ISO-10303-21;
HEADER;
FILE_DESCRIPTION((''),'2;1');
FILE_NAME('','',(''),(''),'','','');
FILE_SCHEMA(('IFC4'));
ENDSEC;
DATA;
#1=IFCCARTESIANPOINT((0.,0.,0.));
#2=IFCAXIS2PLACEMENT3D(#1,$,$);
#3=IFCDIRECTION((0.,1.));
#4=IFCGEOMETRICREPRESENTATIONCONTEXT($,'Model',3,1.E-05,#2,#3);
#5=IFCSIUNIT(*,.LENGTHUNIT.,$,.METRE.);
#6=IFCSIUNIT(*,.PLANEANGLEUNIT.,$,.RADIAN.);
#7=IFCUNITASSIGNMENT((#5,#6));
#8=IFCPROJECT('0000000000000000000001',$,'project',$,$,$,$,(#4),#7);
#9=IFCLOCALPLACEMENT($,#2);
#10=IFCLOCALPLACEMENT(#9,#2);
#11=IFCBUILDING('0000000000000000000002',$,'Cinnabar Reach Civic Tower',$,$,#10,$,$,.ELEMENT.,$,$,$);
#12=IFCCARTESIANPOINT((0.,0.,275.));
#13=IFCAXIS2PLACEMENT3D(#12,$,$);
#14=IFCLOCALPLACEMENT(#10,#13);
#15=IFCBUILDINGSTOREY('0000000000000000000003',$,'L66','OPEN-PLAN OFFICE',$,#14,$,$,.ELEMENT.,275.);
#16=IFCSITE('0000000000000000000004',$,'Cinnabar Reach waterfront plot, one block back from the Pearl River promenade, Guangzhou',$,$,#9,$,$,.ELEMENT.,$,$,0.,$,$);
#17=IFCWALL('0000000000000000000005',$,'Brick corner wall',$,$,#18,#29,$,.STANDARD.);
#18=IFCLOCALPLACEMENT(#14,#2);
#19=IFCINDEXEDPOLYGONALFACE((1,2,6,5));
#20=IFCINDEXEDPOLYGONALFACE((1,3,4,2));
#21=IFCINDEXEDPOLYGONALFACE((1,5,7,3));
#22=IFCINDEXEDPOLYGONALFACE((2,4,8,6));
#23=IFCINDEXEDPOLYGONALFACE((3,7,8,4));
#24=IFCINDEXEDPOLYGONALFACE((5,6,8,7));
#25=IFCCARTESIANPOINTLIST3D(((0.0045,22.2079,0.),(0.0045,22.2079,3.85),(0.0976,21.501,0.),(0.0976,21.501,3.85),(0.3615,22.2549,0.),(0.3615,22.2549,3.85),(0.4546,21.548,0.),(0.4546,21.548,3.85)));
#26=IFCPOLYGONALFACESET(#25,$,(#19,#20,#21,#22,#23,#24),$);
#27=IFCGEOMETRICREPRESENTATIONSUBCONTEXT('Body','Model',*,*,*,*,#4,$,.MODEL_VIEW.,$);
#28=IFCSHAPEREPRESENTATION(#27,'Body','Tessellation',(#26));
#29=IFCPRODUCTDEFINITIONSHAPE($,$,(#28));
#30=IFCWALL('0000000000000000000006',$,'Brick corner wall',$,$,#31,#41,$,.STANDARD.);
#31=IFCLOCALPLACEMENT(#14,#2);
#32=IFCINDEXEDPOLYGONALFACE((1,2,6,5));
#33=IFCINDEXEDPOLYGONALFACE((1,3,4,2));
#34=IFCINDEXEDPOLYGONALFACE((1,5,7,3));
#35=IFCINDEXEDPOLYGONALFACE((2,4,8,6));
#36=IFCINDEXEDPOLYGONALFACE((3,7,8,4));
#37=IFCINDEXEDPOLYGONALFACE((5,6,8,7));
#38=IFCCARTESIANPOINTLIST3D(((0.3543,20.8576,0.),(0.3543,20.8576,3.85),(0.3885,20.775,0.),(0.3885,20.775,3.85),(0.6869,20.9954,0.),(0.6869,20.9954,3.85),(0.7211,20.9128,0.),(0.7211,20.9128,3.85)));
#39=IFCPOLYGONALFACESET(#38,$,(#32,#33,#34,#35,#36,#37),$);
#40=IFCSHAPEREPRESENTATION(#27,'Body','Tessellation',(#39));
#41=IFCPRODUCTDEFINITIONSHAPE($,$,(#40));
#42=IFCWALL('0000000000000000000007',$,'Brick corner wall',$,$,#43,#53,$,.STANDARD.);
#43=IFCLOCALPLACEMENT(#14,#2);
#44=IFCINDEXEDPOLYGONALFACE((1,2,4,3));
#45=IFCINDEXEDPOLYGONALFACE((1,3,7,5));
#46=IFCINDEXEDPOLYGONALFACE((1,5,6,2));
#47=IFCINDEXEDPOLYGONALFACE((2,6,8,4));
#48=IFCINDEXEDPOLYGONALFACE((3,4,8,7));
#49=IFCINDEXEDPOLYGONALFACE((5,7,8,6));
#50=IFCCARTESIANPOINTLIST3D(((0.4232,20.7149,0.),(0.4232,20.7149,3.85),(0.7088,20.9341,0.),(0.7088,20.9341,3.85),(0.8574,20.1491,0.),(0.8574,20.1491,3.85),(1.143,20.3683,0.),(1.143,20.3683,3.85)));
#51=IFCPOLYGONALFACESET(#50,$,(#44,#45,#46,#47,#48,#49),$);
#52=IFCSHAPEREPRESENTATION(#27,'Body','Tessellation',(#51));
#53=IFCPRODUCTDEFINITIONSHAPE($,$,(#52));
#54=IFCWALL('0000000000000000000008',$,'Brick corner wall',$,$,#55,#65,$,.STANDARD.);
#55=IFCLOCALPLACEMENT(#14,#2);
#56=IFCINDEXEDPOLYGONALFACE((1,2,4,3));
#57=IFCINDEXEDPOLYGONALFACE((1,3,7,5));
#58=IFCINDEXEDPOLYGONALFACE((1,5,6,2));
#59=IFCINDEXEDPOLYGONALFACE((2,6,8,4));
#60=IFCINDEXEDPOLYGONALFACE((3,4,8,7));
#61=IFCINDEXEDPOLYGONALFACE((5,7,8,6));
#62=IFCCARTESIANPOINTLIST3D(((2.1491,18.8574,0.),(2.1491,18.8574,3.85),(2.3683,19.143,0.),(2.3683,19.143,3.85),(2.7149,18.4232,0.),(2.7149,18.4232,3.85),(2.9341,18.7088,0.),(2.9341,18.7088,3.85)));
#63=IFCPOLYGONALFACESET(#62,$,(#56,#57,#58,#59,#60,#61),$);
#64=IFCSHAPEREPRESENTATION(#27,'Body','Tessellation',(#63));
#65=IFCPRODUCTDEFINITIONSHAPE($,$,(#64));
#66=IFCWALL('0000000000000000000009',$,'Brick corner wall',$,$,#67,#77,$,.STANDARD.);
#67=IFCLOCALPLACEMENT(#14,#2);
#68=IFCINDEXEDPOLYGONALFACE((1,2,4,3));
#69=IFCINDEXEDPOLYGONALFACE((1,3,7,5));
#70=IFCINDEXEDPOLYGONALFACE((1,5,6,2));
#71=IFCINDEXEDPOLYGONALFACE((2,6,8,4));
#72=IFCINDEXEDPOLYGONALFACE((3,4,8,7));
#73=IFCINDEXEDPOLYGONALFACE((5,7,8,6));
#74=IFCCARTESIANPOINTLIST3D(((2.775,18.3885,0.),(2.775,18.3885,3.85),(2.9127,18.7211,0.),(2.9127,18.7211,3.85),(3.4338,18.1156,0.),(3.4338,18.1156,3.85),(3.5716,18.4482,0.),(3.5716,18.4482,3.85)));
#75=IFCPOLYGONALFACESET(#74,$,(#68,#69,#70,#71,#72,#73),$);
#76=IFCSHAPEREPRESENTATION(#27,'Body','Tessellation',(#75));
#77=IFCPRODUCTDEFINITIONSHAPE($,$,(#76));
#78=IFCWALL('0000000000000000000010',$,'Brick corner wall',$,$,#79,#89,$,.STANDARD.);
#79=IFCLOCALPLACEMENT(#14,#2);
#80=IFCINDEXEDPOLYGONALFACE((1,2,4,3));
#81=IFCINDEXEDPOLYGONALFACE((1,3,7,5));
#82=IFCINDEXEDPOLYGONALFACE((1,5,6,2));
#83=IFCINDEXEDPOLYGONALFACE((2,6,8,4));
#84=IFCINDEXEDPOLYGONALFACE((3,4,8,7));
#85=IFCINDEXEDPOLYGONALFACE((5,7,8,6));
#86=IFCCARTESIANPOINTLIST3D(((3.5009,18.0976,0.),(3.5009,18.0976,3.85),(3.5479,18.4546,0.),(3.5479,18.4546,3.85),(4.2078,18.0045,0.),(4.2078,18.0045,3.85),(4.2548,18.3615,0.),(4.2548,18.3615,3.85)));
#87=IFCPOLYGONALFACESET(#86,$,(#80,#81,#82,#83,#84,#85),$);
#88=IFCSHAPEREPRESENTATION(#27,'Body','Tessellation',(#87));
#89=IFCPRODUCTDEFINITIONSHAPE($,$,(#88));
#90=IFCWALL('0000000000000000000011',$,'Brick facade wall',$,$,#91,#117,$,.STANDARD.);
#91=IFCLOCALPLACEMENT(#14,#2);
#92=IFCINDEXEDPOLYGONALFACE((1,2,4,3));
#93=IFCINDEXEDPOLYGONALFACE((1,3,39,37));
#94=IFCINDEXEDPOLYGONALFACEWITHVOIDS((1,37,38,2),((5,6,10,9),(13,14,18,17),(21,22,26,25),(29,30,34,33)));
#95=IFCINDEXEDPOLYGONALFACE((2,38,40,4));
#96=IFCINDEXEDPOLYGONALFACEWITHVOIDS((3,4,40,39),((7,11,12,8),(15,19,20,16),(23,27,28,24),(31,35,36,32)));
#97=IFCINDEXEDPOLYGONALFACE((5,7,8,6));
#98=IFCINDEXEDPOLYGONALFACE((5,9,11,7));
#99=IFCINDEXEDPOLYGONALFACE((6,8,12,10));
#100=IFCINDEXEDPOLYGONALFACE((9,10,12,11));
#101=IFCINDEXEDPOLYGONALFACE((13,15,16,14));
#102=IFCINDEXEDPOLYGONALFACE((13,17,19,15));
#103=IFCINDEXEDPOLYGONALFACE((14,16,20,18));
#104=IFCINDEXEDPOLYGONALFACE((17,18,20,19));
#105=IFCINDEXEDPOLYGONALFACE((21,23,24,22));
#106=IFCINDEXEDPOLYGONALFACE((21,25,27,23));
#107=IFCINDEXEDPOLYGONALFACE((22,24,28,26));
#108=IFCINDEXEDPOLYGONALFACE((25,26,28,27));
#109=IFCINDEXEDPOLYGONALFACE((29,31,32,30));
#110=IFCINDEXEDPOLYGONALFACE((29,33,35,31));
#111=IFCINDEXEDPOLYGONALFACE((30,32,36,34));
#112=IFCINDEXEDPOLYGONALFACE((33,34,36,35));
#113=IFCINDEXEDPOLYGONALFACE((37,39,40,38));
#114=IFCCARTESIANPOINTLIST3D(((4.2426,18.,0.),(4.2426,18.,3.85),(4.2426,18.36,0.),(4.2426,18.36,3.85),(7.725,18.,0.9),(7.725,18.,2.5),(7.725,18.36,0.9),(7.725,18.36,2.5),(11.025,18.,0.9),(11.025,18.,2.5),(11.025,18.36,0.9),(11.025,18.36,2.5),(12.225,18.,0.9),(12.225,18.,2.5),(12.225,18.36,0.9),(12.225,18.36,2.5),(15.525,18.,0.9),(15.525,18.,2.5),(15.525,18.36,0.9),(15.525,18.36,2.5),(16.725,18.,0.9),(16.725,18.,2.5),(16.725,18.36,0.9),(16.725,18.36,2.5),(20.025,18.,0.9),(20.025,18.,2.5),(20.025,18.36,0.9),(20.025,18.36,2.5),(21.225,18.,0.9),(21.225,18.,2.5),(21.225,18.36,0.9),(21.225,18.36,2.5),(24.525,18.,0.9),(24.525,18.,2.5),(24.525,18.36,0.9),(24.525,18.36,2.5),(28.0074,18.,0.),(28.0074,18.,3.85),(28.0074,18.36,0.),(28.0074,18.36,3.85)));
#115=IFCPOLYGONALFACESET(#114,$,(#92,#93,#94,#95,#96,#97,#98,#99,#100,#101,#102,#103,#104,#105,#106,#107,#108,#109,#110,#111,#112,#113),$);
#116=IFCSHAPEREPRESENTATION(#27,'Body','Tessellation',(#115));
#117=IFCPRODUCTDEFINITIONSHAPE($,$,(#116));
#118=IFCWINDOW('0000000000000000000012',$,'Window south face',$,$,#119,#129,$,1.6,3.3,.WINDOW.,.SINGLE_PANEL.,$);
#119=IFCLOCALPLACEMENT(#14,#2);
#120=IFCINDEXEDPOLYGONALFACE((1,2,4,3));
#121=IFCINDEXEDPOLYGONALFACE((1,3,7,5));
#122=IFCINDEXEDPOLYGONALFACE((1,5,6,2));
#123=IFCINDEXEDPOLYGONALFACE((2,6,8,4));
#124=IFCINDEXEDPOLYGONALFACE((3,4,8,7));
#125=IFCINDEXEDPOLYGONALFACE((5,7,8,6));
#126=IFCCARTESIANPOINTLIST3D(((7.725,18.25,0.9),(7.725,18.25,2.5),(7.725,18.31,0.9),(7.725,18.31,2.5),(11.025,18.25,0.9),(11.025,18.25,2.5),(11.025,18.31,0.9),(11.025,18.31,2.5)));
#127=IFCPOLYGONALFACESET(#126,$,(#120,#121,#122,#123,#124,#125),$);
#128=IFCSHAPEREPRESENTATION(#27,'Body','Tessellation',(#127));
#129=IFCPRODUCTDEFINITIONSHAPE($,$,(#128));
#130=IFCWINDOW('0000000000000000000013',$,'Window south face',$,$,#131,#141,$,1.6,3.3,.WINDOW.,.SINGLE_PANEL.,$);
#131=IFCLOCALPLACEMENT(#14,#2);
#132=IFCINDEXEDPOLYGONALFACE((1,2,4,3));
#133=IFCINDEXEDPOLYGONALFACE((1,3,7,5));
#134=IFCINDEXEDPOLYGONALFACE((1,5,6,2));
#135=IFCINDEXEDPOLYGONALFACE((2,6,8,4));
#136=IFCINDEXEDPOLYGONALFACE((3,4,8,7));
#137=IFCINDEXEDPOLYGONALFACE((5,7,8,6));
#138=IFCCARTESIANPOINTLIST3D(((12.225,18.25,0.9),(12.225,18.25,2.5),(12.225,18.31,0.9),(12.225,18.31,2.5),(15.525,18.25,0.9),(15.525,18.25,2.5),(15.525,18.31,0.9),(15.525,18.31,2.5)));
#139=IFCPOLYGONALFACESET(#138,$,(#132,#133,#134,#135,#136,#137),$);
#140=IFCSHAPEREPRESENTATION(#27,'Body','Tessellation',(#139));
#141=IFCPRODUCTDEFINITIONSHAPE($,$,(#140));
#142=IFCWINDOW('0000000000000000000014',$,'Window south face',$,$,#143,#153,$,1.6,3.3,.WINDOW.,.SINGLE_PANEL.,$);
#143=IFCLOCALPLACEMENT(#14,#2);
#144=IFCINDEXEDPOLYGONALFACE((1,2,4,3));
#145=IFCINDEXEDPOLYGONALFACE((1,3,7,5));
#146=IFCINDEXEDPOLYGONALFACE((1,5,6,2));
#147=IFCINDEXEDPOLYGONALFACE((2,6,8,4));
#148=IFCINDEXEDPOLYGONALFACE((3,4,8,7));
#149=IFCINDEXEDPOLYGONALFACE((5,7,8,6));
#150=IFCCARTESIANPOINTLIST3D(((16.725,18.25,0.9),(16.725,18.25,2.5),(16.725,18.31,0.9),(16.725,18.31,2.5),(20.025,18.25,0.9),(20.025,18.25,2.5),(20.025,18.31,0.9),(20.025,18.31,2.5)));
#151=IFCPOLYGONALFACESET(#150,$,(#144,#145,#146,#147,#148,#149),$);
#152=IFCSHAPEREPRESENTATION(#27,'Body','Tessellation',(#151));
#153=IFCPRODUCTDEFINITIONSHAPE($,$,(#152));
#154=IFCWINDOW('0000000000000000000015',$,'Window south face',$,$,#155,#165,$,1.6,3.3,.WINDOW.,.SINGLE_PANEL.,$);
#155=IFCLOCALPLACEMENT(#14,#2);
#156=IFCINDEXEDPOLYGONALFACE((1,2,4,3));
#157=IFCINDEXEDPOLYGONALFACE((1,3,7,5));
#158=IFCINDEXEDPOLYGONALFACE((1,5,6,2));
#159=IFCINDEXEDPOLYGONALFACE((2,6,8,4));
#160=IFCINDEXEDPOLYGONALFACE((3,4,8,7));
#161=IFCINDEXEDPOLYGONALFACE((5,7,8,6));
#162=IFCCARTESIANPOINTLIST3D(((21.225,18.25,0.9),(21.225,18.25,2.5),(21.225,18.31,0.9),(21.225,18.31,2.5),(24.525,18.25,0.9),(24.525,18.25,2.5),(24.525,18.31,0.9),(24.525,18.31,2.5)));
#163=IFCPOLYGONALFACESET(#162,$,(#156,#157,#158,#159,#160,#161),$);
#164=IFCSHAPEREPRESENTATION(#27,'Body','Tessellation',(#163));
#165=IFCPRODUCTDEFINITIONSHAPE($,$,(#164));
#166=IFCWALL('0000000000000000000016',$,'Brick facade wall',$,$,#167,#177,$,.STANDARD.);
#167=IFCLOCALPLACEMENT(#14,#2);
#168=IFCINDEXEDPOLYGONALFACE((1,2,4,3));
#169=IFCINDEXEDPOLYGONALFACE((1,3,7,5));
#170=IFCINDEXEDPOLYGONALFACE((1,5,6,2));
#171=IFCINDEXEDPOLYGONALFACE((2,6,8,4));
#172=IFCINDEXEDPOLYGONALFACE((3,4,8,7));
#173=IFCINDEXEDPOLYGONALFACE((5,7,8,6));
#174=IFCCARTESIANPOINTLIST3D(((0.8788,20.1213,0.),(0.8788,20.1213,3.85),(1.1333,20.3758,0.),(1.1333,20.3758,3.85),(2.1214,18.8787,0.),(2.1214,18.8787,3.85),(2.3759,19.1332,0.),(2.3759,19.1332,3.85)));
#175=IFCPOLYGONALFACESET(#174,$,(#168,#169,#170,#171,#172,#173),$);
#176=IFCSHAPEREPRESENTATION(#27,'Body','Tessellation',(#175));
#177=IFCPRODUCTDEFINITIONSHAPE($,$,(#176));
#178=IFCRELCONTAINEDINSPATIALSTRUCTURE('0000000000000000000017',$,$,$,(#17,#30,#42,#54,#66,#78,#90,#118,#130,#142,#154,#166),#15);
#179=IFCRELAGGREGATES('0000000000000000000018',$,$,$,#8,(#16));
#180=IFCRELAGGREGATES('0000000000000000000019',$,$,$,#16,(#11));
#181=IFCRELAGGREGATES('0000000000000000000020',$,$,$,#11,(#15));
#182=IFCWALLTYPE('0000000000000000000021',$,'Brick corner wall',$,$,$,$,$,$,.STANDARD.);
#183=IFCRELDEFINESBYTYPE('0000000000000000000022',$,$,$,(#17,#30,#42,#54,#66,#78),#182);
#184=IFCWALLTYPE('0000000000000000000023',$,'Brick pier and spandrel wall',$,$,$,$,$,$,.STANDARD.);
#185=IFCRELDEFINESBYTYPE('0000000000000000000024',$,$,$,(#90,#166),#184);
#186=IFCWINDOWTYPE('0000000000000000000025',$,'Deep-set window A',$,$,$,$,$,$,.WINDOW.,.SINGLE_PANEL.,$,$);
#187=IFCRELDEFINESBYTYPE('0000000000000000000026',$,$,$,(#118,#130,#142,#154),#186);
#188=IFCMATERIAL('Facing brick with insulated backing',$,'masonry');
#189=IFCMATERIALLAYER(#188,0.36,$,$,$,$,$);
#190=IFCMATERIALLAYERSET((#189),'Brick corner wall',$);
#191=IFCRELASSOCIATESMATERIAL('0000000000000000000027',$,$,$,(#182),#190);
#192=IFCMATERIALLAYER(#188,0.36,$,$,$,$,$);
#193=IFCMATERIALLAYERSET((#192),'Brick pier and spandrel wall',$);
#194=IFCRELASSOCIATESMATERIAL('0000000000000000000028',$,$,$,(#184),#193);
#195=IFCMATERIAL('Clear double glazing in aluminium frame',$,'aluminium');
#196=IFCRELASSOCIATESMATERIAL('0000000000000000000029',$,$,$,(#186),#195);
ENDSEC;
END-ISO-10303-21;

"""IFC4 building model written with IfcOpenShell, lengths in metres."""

from ifc_helpers import new_model, si_unit, direction, frame, frame_2d, origin, place, context, subcontext, project, spatial, rectangle, extrude, material, layer, layer_set, type_object, element, fill, save


model = new_model("IFC4")

# Units and contexts
model_context = context("Model", 3, precision=1e-05, world=origin(), true_north=direction((0.0, 1.0)))
body_context = subcontext(model_context, "Body", "Model", "MODEL_VIEW")
ifc_project = project(units=[si_unit("LENGTHUNIT", "METRE"), si_unit("PLANEANGLEUNIT", "RADIAN")], contexts=[model_context])

# Site, building, storey
site_placement = place(None, origin())
site = spatial("IfcSite", under=ifc_project, at=site_placement, Name="Cinnabar Reach waterfront plot, one block back from the Pearl River promenade, Guangzhou", CompositionType="ELEMENT", RefElevation=0.0)
building_placement = place(site_placement, origin())
building = spatial("IfcBuilding", under=site, at=building_placement, Name="Cinnabar Reach Civic Tower", CompositionType="ELEMENT")
storey_placement = place(building_placement, frame((0.0, 0.0, 275.0)))
storey = spatial("IfcBuildingStorey", under=building, at=storey_placement, Name="L66", Description="OPEN-PLAN OFFICE", CompositionType="ELEMENT", Elevation=275.0)

# Walls
ifc_material_1 = material(Name="Facing brick with insulated backing", Category="masonry")
ifc_layer_1 = layer(ifc_material_1, 0.36)
ifc_layer_set_1 = layer_set([ifc_layer_1], Name="Brick corner wall")
wall_type_1 = type_object("IfcWallType", Name="Brick corner wall", PredefinedType="STANDARD", material=ifc_layer_set_1)
wall_1_placement = place(storey_placement, frame((0.183, 22.2314, 0.0), z_axis=(0.0, 0.0, 1.0), x_axis=(0.130556, -0.991441, 0.0)))
element("IfcWall", 1, at=wall_1_placement, inside=storey, type_object=wall_type_1, Name="Brick corner wall", PredefinedType="STANDARD", context=body_context, shape_type="SweptSolid", body=[
    extrude(rectangle(XDim=0.7131, YDim=0.36, at=frame_2d((0.3565, 0.0))), origin(), (0.0, 0.0, 1.0), 3.85),
])
wall_2_placement = place(storey_placement, frame((0.5206, 20.9265, 0.0), z_axis=(0.0, 0.0, 1.0), x_axis=(0.382549, -0.923935, 0.0)))
element("IfcWall", 2, at=wall_2_placement, inside=storey, type_object=wall_type_1, Name="Brick corner wall", PredefinedType="STANDARD", context=body_context, shape_type="SweptSolid", body=[
    extrude(rectangle(XDim=0.0894, YDim=0.36, at=frame_2d((0.0447, 0.0))), origin(), (0.0, 0.0, 1.0), 3.85),
])
for number, where, z_axis, x_axis, name in (
    (3, (0.566, 20.8245, 0.0), (0.0, 0.0, 1.0), (0.608802, -0.793322, 0.0), "Brick corner wall"),
    (4, (2.2587, 19.0002, 0.0), (0.0, 0.0, 1.0), (0.793322, -0.608802, 0.0), "Brick corner wall"),
):
    element("IfcWall", number, at=place(storey_placement, frame(where, z_axis=z_axis, x_axis=x_axis)), inside=storey, type_object=wall_type_1, Name=name, PredefinedType="STANDARD", context=body_context, shape_type="SweptSolid", body=[
        extrude(rectangle(XDim=0.7132, YDim=0.36, at=frame_2d((0.3566, 0.0))), origin(), (0.0, 0.0, 1.0), 3.85),
    ])
for number, where, z_axis, x_axis, name in (
    (5, (2.8439, 18.5548, 0.0), (0.0, 0.0, 1.0), (0.923872, -0.382703, 0.0), "Brick corner wall"),
    (6, (3.5244, 18.2761, 0.0), (0.0, 0.0, 1.0), (0.991441, -0.130556, 0.0), "Brick corner wall"),
):
    element("IfcWall", number, at=place(storey_placement, frame(where, z_axis=z_axis, x_axis=x_axis)), inside=storey, type_object=wall_type_1, Name=name, PredefinedType="STANDARD", context=body_context, shape_type="SweptSolid", body=[
        extrude(rectangle(XDim=0.7131, YDim=0.36, at=frame_2d((0.3565, 0.0))), origin(), (0.0, 0.0, 1.0), 3.85),
    ])

# Wall, openings, windows
ifc_layer_2 = layer(ifc_material_1, 0.36)
ifc_layer_set_2 = layer_set([ifc_layer_2], Name="Brick pier and spandrel wall")
wall_type_2 = type_object("IfcWallType", Name="Brick pier and spandrel wall", PredefinedType="STANDARD", material=ifc_layer_set_2)
wall_3_placement = place(storey_placement, frame((4.2426, 18.18, 0.0), z_axis=(0.0, 0.0, 1.0), x_axis=(1.0, 0.0, 0.0)))
wall_3 = element("IfcWall", 7, at=wall_3_placement, inside=storey, type_object=wall_type_2, Name="Brick facade wall", PredefinedType="STANDARD", context=body_context, shape_type="SweptSolid", body=[
    extrude(rectangle(XDim=23.7648, YDim=0.36, at=frame_2d((11.8824, 0.0))), origin(), (0.0, 0.0, 1.0), 3.85),
])
opening_1_placement = place(wall_3_placement, frame((3.4824, 0.0, 0.9)))
opening_1 = element("IfcOpeningElement", 8, at=opening_1_placement, cuts=wall_3, PredefinedType="OPENING", context=body_context, shape_type="SweptSolid", body=[
    extrude(rectangle(XDim=3.3, YDim=1.6, at=frame_2d((1.65, 0.8))), frame((0.0, 0.19, 0.0), z_axis=(0.0, -1.0, 0.0), x_axis=(1.0, 0.0, 0.0)), (0.0, 0.0, 1.0), 0.38),
])
opening_2_placement = place(wall_3_placement, frame((7.9824, 0.0, 0.9)))
opening_2 = element("IfcOpeningElement", 9, at=opening_2_placement, cuts=wall_3, PredefinedType="OPENING", context=body_context, shape_type="SweptSolid", body=[
    extrude(rectangle(XDim=3.3, YDim=1.6, at=frame_2d((1.65, 0.8))), frame((0.0, 0.19, 0.0), z_axis=(0.0, -1.0, 0.0), x_axis=(1.0, 0.0, 0.0)), (0.0, 0.0, 1.0), 0.38),
])
opening_3_placement = place(wall_3_placement, frame((12.4824, 0.0, 0.9)))
opening_3 = element("IfcOpeningElement", 10, at=opening_3_placement, cuts=wall_3, PredefinedType="OPENING", context=body_context, shape_type="SweptSolid", body=[
    extrude(rectangle(XDim=3.3, YDim=1.6, at=frame_2d((1.65, 0.8))), frame((0.0, 0.19, 0.0), z_axis=(0.0, -1.0, 0.0), x_axis=(1.0, 0.0, 0.0)), (0.0, 0.0, 1.0), 0.38),
])
opening_4_placement = place(wall_3_placement, frame((16.9824, 0.0, 0.9)))
opening_4 = element("IfcOpeningElement", 11, at=opening_4_placement, cuts=wall_3, PredefinedType="OPENING", context=body_context, shape_type="SweptSolid", body=[
    extrude(rectangle(XDim=3.3, YDim=1.6, at=frame_2d((1.65, 0.8))), frame((0.0, 0.19, 0.0), z_axis=(0.0, -1.0, 0.0), x_axis=(1.0, 0.0, 0.0)), (0.0, 0.0, 1.0), 0.38),
])
ifc_material_2 = material(Name="Clear double glazing in aluminium frame", Category="aluminium")
window_type = type_object("IfcWindowType", Name="Deep-set window A", PartitioningType="SINGLE_PANEL", PredefinedType="WINDOW", material=ifc_material_2)
window_1_placement = place(opening_1_placement, origin())
window_1 = element("IfcWindow", 12, at=window_1_placement, inside=storey, type_object=window_type, Name="Window south face", OverallHeight=1.6, OverallWidth=3.3, PartitioningType="SINGLE_PANEL", PredefinedType="WINDOW", context=body_context, shape_type="SweptSolid", body=[
    extrude(rectangle(XDim=3.3, YDim=1.6, at=frame_2d((1.65, 0.8))), frame((0.0, 0.13, 0.0), z_axis=(0.0, -1.0, 0.0), x_axis=(1.0, 0.0, 0.0)), (0.0, 0.0, 1.0), 0.06),
])
fill(opening_1, window_1)
window_2_placement = place(opening_2_placement, origin())
window_2 = element("IfcWindow", 13, at=window_2_placement, inside=storey, type_object=window_type, Name="Window south face", OverallHeight=1.6, OverallWidth=3.3, PartitioningType="SINGLE_PANEL", PredefinedType="WINDOW", context=body_context, shape_type="SweptSolid", body=[
    extrude(rectangle(XDim=3.3, YDim=1.6, at=frame_2d((1.65, 0.8))), frame((0.0, 0.13, 0.0), z_axis=(0.0, -1.0, 0.0), x_axis=(1.0, 0.0, 0.0)), (0.0, 0.0, 1.0), 0.06),
])
fill(opening_2, window_2)
window_3_placement = place(opening_3_placement, origin())
window_3 = element("IfcWindow", 14, at=window_3_placement, inside=storey, type_object=window_type, Name="Window south face", OverallHeight=1.6, OverallWidth=3.3, PartitioningType="SINGLE_PANEL", PredefinedType="WINDOW", context=body_context, shape_type="SweptSolid", body=[
    extrude(rectangle(XDim=3.3, YDim=1.6, at=frame_2d((1.65, 0.8))), frame((0.0, 0.13, 0.0), z_axis=(0.0, -1.0, 0.0), x_axis=(1.0, 0.0, 0.0)), (0.0, 0.0, 1.0), 0.06),
])
fill(opening_3, window_3)
window_4_placement = place(opening_4_placement, origin())
window_4 = element("IfcWindow", 15, at=window_4_placement, inside=storey, type_object=window_type, Name="Window south face", OverallHeight=1.6, OverallWidth=3.3, PartitioningType="SINGLE_PANEL", PredefinedType="WINDOW", context=body_context, shape_type="SweptSolid", body=[
    extrude(rectangle(XDim=3.3, YDim=1.6, at=frame_2d((1.65, 0.8))), frame((0.0, 0.13, 0.0), z_axis=(0.0, -1.0, 0.0), x_axis=(1.0, 0.0, 0.0)), (0.0, 0.0, 1.0), 0.06),
])
fill(opening_4, window_4)

# Wall
wall_4_placement = place(storey_placement, frame((1.006, 20.2486, 0.0), z_axis=(0.0, 0.0, 1.0), x_axis=(0.707107, -0.707107, 0.0)))
element("IfcWall", 16, at=wall_4_placement, inside=storey, type_object=wall_type_2, Name="Brick facade wall", PredefinedType="STANDARD", context=body_context, shape_type="SweptSolid", body=[
    extrude(rectangle(XDim=1.7573, YDim=0.36, at=frame_2d((0.8787, 0.0))), origin(), (0.0, 0.0, 1.0), 3.85),
])

save(model, "model.ifc")
